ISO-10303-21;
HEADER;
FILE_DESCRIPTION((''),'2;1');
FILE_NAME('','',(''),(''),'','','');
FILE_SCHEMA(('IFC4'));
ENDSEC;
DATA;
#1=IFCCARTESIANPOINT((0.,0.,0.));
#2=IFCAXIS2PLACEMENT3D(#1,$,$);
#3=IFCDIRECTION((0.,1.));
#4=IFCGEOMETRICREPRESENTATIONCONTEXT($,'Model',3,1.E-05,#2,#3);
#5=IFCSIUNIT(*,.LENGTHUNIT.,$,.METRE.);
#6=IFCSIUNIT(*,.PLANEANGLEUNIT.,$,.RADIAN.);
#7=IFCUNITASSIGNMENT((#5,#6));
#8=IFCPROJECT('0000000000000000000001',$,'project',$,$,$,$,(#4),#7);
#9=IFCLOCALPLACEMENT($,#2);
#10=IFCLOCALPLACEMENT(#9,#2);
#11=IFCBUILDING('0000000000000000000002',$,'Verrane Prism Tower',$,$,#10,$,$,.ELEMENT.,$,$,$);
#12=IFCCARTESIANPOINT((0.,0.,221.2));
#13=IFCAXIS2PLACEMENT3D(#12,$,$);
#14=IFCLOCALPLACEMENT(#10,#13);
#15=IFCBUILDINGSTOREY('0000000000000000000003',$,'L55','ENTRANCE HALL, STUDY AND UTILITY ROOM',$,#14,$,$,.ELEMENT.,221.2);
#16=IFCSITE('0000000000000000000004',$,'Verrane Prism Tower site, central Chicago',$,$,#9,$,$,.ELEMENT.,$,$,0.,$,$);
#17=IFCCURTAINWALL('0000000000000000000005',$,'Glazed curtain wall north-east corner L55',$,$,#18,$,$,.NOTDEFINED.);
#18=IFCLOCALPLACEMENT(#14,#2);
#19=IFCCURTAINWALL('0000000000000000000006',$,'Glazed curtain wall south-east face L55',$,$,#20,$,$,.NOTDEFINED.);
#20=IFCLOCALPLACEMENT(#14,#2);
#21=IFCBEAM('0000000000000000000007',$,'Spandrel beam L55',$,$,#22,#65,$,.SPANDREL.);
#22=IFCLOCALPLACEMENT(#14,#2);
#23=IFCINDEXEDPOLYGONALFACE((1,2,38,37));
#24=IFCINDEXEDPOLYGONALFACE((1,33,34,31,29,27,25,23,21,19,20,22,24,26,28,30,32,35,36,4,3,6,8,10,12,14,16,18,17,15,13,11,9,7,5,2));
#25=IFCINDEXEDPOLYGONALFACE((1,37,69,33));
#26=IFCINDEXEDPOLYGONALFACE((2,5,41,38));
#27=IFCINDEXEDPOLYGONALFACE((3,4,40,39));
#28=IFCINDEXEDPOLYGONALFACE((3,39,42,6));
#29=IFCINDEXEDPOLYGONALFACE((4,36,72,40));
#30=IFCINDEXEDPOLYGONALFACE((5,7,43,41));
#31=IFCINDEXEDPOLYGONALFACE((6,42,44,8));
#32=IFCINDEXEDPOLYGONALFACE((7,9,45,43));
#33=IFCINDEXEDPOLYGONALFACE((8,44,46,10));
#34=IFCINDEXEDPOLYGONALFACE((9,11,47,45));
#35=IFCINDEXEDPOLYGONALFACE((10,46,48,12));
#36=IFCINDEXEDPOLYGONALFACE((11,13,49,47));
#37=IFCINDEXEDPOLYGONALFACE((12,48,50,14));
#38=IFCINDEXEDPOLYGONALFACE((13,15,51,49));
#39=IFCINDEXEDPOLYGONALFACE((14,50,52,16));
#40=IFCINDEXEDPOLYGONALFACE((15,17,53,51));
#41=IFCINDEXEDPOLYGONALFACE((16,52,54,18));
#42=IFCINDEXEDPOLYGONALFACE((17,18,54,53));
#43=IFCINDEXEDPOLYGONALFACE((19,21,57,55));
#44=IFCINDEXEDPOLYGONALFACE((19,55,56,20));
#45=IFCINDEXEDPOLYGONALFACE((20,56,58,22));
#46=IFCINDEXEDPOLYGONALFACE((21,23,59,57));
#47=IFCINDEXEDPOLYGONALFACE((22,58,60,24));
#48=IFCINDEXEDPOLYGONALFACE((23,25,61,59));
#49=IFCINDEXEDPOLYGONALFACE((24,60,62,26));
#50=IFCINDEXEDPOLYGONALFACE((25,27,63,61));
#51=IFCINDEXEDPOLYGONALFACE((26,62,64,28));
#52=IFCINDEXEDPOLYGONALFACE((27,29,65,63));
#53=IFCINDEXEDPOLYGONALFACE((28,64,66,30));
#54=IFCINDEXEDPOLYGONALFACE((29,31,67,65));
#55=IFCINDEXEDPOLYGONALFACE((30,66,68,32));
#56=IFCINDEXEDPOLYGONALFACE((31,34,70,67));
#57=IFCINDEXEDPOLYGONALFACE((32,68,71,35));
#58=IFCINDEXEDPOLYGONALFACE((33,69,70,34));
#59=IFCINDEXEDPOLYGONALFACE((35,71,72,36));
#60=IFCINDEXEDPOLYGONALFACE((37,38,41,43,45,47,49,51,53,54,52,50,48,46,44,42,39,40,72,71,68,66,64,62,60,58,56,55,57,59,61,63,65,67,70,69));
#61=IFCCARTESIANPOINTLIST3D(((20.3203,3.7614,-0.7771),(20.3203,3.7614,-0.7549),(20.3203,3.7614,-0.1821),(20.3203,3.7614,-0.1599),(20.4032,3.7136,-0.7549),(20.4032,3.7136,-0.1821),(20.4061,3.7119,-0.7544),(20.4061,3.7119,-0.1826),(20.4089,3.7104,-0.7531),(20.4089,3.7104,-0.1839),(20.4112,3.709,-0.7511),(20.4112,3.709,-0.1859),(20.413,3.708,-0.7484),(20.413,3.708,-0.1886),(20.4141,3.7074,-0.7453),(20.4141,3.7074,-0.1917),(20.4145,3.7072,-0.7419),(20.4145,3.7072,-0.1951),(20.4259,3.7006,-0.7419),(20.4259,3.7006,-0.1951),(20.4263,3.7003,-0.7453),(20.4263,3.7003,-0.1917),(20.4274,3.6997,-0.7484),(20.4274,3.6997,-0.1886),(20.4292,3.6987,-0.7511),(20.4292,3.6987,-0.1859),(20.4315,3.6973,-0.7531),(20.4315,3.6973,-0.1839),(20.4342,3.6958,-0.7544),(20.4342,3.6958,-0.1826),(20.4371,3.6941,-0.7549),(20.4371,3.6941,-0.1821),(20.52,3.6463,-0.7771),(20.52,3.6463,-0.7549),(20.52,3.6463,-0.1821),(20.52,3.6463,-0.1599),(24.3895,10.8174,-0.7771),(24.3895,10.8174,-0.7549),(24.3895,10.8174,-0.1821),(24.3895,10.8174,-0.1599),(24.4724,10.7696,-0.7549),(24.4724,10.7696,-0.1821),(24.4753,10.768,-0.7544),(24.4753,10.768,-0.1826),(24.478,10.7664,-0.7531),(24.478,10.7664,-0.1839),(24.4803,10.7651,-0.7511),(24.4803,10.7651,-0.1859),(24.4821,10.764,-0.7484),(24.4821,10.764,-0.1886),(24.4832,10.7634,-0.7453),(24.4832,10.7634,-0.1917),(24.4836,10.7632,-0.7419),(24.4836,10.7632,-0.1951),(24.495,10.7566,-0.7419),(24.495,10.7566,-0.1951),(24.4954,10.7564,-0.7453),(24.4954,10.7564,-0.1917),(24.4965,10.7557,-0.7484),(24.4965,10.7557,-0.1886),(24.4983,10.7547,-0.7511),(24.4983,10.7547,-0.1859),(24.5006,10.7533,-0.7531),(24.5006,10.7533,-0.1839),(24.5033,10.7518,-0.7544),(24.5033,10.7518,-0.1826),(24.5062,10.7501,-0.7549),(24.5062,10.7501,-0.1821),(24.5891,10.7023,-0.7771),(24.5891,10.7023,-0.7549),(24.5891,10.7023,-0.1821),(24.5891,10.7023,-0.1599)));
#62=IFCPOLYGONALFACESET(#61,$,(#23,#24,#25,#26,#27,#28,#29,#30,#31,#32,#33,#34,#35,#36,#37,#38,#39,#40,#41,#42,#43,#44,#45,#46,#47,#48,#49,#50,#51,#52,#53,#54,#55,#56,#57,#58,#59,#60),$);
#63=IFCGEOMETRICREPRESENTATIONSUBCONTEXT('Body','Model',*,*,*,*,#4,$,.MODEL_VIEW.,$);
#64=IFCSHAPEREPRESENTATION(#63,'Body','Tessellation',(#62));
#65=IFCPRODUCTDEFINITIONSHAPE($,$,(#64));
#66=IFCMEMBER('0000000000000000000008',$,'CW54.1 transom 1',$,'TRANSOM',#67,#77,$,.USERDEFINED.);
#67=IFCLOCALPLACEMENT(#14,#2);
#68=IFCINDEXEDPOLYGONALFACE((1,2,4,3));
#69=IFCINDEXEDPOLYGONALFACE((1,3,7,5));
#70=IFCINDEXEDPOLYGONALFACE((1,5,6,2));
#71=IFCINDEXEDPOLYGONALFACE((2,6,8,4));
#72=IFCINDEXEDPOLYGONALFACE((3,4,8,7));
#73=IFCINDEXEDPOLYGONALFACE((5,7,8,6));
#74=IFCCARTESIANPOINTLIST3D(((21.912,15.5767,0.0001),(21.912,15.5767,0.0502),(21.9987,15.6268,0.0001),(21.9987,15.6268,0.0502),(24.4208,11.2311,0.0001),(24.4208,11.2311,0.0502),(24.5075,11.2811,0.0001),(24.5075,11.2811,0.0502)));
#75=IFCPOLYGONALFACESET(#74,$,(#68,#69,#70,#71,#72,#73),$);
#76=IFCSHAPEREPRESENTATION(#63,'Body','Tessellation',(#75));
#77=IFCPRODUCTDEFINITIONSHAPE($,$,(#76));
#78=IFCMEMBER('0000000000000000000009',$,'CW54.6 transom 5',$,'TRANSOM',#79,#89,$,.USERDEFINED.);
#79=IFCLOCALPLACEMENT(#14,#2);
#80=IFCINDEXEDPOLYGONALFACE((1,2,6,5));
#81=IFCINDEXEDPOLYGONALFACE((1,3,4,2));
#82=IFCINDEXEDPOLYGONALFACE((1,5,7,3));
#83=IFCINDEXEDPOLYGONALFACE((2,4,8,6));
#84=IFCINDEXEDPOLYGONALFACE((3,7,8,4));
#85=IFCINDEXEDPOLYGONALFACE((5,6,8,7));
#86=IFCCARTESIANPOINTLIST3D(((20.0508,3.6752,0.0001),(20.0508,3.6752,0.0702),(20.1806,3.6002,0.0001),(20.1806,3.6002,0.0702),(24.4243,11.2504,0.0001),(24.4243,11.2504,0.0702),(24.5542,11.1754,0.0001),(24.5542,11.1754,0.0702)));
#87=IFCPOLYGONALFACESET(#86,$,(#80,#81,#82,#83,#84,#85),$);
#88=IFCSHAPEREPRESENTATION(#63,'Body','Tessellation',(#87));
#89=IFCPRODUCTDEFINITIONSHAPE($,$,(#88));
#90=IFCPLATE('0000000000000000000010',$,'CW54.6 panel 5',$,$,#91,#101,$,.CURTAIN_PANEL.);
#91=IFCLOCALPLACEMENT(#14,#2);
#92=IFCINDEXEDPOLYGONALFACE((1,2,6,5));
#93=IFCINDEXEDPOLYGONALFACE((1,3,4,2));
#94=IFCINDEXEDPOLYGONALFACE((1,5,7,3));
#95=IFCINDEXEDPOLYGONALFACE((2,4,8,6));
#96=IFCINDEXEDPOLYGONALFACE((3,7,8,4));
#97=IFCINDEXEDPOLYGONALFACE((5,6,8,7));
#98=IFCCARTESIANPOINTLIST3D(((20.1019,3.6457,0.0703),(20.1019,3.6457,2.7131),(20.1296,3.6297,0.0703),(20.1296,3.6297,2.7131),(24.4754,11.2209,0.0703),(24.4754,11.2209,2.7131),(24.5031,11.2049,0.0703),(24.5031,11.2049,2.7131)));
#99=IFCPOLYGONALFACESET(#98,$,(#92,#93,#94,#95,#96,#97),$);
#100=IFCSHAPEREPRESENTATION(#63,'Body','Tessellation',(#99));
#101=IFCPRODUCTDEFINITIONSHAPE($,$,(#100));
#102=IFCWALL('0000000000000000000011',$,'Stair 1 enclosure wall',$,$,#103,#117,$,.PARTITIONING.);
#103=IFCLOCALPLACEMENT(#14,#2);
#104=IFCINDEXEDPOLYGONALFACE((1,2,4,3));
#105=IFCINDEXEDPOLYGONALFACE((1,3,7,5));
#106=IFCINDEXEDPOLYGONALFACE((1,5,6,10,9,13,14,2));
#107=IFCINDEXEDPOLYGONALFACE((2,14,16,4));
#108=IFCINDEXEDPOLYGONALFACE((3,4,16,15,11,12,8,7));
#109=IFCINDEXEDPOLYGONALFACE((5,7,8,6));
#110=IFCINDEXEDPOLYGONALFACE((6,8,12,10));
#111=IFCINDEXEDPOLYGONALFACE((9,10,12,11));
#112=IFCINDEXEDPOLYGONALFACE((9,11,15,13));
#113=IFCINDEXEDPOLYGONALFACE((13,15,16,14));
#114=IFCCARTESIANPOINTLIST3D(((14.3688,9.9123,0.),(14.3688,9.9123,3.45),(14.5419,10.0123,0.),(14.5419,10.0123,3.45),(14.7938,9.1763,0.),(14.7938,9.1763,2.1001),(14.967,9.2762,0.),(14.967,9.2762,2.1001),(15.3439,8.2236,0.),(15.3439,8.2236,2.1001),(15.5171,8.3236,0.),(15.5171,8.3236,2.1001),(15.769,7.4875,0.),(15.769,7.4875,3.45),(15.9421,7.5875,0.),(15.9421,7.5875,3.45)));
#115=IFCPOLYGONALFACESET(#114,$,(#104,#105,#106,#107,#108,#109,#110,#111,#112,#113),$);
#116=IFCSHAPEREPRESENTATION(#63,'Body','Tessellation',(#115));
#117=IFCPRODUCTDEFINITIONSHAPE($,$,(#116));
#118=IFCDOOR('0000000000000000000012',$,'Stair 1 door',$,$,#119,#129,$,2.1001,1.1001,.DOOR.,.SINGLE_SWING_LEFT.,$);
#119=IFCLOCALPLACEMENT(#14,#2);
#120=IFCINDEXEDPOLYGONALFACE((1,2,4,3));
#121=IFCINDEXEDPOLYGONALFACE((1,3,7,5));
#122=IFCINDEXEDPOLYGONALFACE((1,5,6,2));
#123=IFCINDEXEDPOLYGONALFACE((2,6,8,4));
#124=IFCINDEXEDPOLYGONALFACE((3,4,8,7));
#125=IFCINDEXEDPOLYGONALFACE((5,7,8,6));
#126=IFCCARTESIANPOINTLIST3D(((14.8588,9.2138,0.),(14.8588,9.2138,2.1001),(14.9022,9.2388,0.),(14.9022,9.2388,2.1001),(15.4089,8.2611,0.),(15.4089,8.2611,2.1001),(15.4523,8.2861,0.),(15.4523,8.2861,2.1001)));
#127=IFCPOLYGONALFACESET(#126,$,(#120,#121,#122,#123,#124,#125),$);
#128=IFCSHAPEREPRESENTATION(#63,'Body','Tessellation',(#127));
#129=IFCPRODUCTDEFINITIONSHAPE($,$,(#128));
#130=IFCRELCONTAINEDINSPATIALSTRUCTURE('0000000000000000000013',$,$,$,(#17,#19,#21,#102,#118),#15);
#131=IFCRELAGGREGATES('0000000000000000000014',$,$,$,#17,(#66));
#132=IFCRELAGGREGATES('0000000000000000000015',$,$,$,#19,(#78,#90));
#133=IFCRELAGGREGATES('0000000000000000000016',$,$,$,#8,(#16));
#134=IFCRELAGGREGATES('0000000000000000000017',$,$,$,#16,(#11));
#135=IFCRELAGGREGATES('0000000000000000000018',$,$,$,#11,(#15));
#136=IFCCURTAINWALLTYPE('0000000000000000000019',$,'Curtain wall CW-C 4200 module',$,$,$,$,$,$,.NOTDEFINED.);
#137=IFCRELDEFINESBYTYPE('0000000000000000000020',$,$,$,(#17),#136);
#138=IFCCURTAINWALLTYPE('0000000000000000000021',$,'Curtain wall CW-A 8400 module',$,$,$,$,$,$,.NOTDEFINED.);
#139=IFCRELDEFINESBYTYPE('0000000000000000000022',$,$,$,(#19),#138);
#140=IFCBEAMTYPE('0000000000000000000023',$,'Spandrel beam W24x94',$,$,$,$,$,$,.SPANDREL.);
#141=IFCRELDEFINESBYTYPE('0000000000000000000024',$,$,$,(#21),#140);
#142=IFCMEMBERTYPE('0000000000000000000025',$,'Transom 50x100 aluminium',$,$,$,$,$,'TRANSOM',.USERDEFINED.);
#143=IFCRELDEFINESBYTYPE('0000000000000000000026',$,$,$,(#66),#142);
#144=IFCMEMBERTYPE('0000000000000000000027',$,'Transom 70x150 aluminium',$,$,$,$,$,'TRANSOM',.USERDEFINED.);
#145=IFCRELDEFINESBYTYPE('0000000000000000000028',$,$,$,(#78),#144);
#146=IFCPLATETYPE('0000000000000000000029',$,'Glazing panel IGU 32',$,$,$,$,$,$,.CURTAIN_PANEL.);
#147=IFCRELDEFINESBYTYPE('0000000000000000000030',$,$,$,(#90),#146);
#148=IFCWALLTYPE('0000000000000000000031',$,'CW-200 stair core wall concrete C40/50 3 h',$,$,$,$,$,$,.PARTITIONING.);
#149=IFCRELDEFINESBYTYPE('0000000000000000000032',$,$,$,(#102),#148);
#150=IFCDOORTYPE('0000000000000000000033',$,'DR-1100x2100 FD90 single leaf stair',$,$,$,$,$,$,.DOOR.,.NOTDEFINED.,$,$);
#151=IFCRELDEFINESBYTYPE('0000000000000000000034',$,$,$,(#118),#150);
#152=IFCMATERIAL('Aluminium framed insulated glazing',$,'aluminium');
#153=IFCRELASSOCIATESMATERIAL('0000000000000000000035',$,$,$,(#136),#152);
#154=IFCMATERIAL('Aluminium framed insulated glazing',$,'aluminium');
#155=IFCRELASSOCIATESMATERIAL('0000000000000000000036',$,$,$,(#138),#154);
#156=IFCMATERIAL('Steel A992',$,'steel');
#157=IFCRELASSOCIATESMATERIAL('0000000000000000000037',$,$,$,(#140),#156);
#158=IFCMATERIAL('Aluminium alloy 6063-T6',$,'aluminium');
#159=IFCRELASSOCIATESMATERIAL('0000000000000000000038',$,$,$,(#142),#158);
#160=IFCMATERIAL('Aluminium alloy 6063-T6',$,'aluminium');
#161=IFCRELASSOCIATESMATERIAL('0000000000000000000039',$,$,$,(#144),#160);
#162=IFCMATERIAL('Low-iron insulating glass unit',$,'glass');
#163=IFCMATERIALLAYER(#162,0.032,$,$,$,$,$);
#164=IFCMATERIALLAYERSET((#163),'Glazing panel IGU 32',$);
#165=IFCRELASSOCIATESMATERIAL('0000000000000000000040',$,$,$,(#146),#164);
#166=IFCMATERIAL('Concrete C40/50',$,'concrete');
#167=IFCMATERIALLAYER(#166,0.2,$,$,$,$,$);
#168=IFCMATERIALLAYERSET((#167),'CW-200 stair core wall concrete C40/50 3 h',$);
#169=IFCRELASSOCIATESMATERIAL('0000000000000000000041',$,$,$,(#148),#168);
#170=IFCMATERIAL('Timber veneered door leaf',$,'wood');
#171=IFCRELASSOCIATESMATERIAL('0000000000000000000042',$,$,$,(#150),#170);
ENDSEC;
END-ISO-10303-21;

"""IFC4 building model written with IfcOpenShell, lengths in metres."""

from ifc_helpers import new_model, si_unit, direction, frame, frame_2d, origin, origin_2d, place, context, subcontext, project, spatial, rectangle, i_section, extrude, material, layer, layer_set, material_profile, profile_set, type_object, element, fill, aggregate, save


model = new_model("IFC4")

# Units and contexts
model_context = context("Model", 3, precision=1e-05, world=origin(), true_north=direction((0.0, 1.0)))
body_context = subcontext(model_context, "Body", "Model", "MODEL_VIEW")
ifc_project = project(units=[si_unit("LENGTHUNIT", "METRE"), si_unit("PLANEANGLEUNIT", "RADIAN")], contexts=[model_context])

# Site, building, storey
site_placement = place(None, origin())
site = spatial("IfcSite", under=ifc_project, at=site_placement, Name="Verrane Prism Tower site, central Chicago", CompositionType="ELEMENT", RefElevation=0.0)
building_placement = place(site_placement, origin())
building = spatial("IfcBuilding", under=site, at=building_placement, Name="Verrane Prism Tower", CompositionType="ELEMENT")
storey_placement = place(building_placement, frame((0.0, 0.0, 221.2)))
storey = spatial("IfcBuildingStorey", under=building, at=storey_placement, Name="L55", Description="ENTRANCE HALL, STUDY AND UTILITY ROOM", CompositionType="ELEMENT", Elevation=221.2)

# Curtain walls
ifc_material_1 = material(Name="Aluminium framed insulated glazing", Category="aluminium")
curtain_wall_type_1 = type_object("IfcCurtainWallType", Name="Curtain wall CW-C 4200 module", PredefinedType="NOTDEFINED", material=ifc_material_1)
curtain_wall_1_placement = place(storey_placement, origin())
curtain_wall_1 = element("IfcCurtainWall", 1, at=curtain_wall_1_placement, inside=storey, type_object=curtain_wall_type_1, Name="Glazed curtain wall north-east corner L55", PredefinedType="NOTDEFINED")
ifc_material_2 = material(Name="Aluminium framed insulated glazing", Category="aluminium")
curtain_wall_type_2 = type_object("IfcCurtainWallType", Name="Curtain wall CW-A 8400 module", PredefinedType="NOTDEFINED", material=ifc_material_2)
curtain_wall_2_placement = place(storey_placement, origin())
curtain_wall_2 = element("IfcCurtainWall", 2, at=curtain_wall_2_placement, inside=storey, type_object=curtain_wall_type_2, Name="Glazed curtain wall south-east face L55", PredefinedType="NOTDEFINED")

# Beam
ifc_material_3 = material(Name="Steel A992", Category="steel")
ifc_material_profile_1 = material_profile(ifc_material_3, i_section(OverallWidth=0.2305, OverallDepth=0.6172, WebThickness=0.0132, FlangeThickness=0.0222, FilletRadius=0.0129, at=origin_2d()), Name="W24x94")
ifc_profile_set_1 = profile_set([ifc_material_profile_1], Name="Steel A992")
beam_type_1 = type_object("IfcBeamType", Name="Spandrel beam W24x94", PredefinedType="SPANDREL", material=ifc_profile_set_1)
beam_1_placement = place(storey_placement, frame((20.4202, 3.7039, -0.4685), z_axis=(0.499573, 0.866272, 0.0), x_axis=(-0.866272, 0.499573, 0.0)))
element("IfcBeam", 3, at=beam_1_placement, inside=storey, type_object=beam_type_1, Name="Spandrel beam L55", PredefinedType="SPANDREL", context=body_context, shape_type="SweptSolid", body=[
    extrude(i_section(OverallWidth=0.2305, OverallDepth=0.6172, WebThickness=0.0132, FlangeThickness=0.0222, FilletRadius=0.0129, at=origin_2d()), origin(), (0.0, 0.0, 1.0), 8.1453),
])

# Members
ifc_material_4 = material(Name="Aluminium alloy 6063-T6", Category="aluminium")
ifc_material_profile_2 = material_profile(ifc_material_4, rectangle(XDim=0.1001, YDim=0.05, at=origin_2d()), Name="Transom 50x100 aluminium")
ifc_profile_set_2 = profile_set([ifc_material_profile_2], Name="Aluminium alloy 6063-T6")
member_type_1 = type_object("IfcMemberType", Name="Transom 50x100 aluminium", ElementType="TRANSOM", PredefinedType="USERDEFINED", material=ifc_profile_set_2)
member_1_placement = place(storey_placement, frame((24.4641, 11.2561, 0.0251), z_axis=(-0.49997, 0.866043, 0.0), x_axis=(-0.866043, -0.49997, 0.0)))
member_1 = element("IfcMember", 4, at=member_1_placement, type_object=member_type_1, Name="CW54.1 transom 1", ObjectType="TRANSOM", PredefinedType="USERDEFINED", context=body_context, shape_type="SweptSolid", body=[
    extrude(rectangle(XDim=0.1001, YDim=0.05, at=origin_2d()), origin(), (0.0, 0.0, 1.0), 5.0178),
])
aggregate(curtain_wall_1, [member_1])
ifc_material_5 = material(Name="Aluminium alloy 6063-T6", Category="aluminium")
ifc_material_profile_3 = material_profile(ifc_material_5, rectangle(XDim=0.1499, YDim=0.0701, at=origin_2d()), Name="Transom 70x150 aluminium")
ifc_profile_set_3 = profile_set([ifc_material_profile_3], Name="Aluminium alloy 6063-T6")
member_type_2 = type_object("IfcMemberType", Name="Transom 70x150 aluminium", ElementType="TRANSOM", PredefinedType="USERDEFINED", material=ifc_profile_set_3)
member_2_placement = place(storey_placement, frame((20.1157, 3.6377, 0.0352), z_axis=(0.499999, 0.866026, 0.0), x_axis=(-0.866026, 0.499999, 0.0)))
member_2 = element("IfcMember", 5, at=member_2_placement, type_object=member_type_2, Name="CW54.6 transom 5", ObjectType="TRANSOM", PredefinedType="USERDEFINED", context=body_context, shape_type="SweptSolid", body=[
    extrude(rectangle(XDim=0.1499, YDim=0.0701, at=origin_2d()), origin(), (0.0, 0.0, 1.0), 8.7471),
])

# Plate
ifc_material_6 = material(Name="Low-iron insulating glass unit", Category="glass")
ifc_layer_1 = layer(ifc_material_6, 0.032)
ifc_layer_set_1 = layer_set([ifc_layer_1], Name="Glazing panel IGU 32")
plate_type = type_object("IfcPlateType", Name="Glazing panel IGU 32", PredefinedType="CURTAIN_PANEL", material=ifc_layer_set_1)
plate_placement = place(storey_placement, frame((22.3025, 7.4253, 0.0703), z_axis=(0.0, 0.0, 1.0), x_axis=(0.500001, 0.866025, 0.0)))
plate = element("IfcPlate", 6, at=plate_placement, type_object=plate_type, Name="CW54.6 panel 5", PredefinedType="CURTAIN_PANEL", context=body_context, shape_type="SweptSolid", body=[
    extrude(rectangle(XDim=8.7471, YDim=0.032, at=origin_2d()), origin(), (0.0, 0.0, 1.0), 2.6428),
])
aggregate(curtain_wall_2, [member_2, plate])

# Wall, opening, door
ifc_material_7 = material(Name="Concrete C40/50", Category="concrete")
ifc_layer_2 = layer(ifc_material_7, 0.2)
ifc_layer_set_2 = layer_set([ifc_layer_2], Name="CW-200 stair core wall concrete C40/50 3 h")
wall_type_1 = type_object("IfcWallType", Name="CW-200 stair core wall concrete C40/50 3 h", PredefinedType="PARTITIONING", material=ifc_layer_set_2)
wall_1_placement = place(storey_placement, frame((15.8555, 7.5376, 0.0), z_axis=(0.0, 0.0, 1.0), x_axis=(-0.50005, 0.865997, 0.0)))
wall_1 = element("IfcWall", 7, at=wall_1_placement, inside=storey, type_object=wall_type_1, Name="Stair 1 enclosure wall", PredefinedType="PARTITIONING", context=body_context, shape_type="SweptSolid", body=[
    extrude(rectangle(XDim=2.8, YDim=0.2, at=frame_2d((1.3999, 0.0))), origin(), (0.0, 0.0, 1.0), 3.45),
])
opening_1_placement = place(wall_1_placement, frame((0.8499, 0.0, 0.0)))
opening_1 = element("IfcOpeningElement", 8, at=opening_1_placement, cuts=wall_1, PredefinedType="OPENING", context=body_context, shape_type="SweptSolid", body=[
    extrude(rectangle(XDim=1.1001, YDim=2.1001, at=frame_2d((0.55, 1.05))), frame((0.0, 0.1099, 0.0), z_axis=(0.0, -1.0, 0.0), x_axis=(1.0, 0.0, 0.0)), (0.0, 0.0, 1.0), 0.22),
])
ifc_material_8 = material(Name="Timber veneered door leaf", Category="wood")
door_type_1 = type_object("IfcDoorType", Name="DR-1100x2100 FD90 single leaf stair", OperationType="NOTDEFINED", PredefinedType="DOOR", material=ifc_material_8)
door_1_placement = place(opening_1_placement, origin())
door_1 = element("IfcDoor", 9, at=door_1_placement, inside=storey, type_object=door_type_1, Name="Stair 1 door", OperationType="SINGLE_SWING_LEFT", OverallHeight=2.1001, OverallWidth=1.1001, PredefinedType="DOOR", context=body_context, shape_type="SweptSolid", body=[
    extrude(rectangle(XDim=1.1001, YDim=2.1001, at=frame_2d((0.55, 1.05))), frame((0.0, 0.0249, 0.0), z_axis=(0.0, -1.0, 0.0), x_axis=(1.0, 0.0, 0.0)), (0.0, 0.0, 1.0), 0.05),
])
fill(opening_1, door_1)

save(model, "model.ifc")
